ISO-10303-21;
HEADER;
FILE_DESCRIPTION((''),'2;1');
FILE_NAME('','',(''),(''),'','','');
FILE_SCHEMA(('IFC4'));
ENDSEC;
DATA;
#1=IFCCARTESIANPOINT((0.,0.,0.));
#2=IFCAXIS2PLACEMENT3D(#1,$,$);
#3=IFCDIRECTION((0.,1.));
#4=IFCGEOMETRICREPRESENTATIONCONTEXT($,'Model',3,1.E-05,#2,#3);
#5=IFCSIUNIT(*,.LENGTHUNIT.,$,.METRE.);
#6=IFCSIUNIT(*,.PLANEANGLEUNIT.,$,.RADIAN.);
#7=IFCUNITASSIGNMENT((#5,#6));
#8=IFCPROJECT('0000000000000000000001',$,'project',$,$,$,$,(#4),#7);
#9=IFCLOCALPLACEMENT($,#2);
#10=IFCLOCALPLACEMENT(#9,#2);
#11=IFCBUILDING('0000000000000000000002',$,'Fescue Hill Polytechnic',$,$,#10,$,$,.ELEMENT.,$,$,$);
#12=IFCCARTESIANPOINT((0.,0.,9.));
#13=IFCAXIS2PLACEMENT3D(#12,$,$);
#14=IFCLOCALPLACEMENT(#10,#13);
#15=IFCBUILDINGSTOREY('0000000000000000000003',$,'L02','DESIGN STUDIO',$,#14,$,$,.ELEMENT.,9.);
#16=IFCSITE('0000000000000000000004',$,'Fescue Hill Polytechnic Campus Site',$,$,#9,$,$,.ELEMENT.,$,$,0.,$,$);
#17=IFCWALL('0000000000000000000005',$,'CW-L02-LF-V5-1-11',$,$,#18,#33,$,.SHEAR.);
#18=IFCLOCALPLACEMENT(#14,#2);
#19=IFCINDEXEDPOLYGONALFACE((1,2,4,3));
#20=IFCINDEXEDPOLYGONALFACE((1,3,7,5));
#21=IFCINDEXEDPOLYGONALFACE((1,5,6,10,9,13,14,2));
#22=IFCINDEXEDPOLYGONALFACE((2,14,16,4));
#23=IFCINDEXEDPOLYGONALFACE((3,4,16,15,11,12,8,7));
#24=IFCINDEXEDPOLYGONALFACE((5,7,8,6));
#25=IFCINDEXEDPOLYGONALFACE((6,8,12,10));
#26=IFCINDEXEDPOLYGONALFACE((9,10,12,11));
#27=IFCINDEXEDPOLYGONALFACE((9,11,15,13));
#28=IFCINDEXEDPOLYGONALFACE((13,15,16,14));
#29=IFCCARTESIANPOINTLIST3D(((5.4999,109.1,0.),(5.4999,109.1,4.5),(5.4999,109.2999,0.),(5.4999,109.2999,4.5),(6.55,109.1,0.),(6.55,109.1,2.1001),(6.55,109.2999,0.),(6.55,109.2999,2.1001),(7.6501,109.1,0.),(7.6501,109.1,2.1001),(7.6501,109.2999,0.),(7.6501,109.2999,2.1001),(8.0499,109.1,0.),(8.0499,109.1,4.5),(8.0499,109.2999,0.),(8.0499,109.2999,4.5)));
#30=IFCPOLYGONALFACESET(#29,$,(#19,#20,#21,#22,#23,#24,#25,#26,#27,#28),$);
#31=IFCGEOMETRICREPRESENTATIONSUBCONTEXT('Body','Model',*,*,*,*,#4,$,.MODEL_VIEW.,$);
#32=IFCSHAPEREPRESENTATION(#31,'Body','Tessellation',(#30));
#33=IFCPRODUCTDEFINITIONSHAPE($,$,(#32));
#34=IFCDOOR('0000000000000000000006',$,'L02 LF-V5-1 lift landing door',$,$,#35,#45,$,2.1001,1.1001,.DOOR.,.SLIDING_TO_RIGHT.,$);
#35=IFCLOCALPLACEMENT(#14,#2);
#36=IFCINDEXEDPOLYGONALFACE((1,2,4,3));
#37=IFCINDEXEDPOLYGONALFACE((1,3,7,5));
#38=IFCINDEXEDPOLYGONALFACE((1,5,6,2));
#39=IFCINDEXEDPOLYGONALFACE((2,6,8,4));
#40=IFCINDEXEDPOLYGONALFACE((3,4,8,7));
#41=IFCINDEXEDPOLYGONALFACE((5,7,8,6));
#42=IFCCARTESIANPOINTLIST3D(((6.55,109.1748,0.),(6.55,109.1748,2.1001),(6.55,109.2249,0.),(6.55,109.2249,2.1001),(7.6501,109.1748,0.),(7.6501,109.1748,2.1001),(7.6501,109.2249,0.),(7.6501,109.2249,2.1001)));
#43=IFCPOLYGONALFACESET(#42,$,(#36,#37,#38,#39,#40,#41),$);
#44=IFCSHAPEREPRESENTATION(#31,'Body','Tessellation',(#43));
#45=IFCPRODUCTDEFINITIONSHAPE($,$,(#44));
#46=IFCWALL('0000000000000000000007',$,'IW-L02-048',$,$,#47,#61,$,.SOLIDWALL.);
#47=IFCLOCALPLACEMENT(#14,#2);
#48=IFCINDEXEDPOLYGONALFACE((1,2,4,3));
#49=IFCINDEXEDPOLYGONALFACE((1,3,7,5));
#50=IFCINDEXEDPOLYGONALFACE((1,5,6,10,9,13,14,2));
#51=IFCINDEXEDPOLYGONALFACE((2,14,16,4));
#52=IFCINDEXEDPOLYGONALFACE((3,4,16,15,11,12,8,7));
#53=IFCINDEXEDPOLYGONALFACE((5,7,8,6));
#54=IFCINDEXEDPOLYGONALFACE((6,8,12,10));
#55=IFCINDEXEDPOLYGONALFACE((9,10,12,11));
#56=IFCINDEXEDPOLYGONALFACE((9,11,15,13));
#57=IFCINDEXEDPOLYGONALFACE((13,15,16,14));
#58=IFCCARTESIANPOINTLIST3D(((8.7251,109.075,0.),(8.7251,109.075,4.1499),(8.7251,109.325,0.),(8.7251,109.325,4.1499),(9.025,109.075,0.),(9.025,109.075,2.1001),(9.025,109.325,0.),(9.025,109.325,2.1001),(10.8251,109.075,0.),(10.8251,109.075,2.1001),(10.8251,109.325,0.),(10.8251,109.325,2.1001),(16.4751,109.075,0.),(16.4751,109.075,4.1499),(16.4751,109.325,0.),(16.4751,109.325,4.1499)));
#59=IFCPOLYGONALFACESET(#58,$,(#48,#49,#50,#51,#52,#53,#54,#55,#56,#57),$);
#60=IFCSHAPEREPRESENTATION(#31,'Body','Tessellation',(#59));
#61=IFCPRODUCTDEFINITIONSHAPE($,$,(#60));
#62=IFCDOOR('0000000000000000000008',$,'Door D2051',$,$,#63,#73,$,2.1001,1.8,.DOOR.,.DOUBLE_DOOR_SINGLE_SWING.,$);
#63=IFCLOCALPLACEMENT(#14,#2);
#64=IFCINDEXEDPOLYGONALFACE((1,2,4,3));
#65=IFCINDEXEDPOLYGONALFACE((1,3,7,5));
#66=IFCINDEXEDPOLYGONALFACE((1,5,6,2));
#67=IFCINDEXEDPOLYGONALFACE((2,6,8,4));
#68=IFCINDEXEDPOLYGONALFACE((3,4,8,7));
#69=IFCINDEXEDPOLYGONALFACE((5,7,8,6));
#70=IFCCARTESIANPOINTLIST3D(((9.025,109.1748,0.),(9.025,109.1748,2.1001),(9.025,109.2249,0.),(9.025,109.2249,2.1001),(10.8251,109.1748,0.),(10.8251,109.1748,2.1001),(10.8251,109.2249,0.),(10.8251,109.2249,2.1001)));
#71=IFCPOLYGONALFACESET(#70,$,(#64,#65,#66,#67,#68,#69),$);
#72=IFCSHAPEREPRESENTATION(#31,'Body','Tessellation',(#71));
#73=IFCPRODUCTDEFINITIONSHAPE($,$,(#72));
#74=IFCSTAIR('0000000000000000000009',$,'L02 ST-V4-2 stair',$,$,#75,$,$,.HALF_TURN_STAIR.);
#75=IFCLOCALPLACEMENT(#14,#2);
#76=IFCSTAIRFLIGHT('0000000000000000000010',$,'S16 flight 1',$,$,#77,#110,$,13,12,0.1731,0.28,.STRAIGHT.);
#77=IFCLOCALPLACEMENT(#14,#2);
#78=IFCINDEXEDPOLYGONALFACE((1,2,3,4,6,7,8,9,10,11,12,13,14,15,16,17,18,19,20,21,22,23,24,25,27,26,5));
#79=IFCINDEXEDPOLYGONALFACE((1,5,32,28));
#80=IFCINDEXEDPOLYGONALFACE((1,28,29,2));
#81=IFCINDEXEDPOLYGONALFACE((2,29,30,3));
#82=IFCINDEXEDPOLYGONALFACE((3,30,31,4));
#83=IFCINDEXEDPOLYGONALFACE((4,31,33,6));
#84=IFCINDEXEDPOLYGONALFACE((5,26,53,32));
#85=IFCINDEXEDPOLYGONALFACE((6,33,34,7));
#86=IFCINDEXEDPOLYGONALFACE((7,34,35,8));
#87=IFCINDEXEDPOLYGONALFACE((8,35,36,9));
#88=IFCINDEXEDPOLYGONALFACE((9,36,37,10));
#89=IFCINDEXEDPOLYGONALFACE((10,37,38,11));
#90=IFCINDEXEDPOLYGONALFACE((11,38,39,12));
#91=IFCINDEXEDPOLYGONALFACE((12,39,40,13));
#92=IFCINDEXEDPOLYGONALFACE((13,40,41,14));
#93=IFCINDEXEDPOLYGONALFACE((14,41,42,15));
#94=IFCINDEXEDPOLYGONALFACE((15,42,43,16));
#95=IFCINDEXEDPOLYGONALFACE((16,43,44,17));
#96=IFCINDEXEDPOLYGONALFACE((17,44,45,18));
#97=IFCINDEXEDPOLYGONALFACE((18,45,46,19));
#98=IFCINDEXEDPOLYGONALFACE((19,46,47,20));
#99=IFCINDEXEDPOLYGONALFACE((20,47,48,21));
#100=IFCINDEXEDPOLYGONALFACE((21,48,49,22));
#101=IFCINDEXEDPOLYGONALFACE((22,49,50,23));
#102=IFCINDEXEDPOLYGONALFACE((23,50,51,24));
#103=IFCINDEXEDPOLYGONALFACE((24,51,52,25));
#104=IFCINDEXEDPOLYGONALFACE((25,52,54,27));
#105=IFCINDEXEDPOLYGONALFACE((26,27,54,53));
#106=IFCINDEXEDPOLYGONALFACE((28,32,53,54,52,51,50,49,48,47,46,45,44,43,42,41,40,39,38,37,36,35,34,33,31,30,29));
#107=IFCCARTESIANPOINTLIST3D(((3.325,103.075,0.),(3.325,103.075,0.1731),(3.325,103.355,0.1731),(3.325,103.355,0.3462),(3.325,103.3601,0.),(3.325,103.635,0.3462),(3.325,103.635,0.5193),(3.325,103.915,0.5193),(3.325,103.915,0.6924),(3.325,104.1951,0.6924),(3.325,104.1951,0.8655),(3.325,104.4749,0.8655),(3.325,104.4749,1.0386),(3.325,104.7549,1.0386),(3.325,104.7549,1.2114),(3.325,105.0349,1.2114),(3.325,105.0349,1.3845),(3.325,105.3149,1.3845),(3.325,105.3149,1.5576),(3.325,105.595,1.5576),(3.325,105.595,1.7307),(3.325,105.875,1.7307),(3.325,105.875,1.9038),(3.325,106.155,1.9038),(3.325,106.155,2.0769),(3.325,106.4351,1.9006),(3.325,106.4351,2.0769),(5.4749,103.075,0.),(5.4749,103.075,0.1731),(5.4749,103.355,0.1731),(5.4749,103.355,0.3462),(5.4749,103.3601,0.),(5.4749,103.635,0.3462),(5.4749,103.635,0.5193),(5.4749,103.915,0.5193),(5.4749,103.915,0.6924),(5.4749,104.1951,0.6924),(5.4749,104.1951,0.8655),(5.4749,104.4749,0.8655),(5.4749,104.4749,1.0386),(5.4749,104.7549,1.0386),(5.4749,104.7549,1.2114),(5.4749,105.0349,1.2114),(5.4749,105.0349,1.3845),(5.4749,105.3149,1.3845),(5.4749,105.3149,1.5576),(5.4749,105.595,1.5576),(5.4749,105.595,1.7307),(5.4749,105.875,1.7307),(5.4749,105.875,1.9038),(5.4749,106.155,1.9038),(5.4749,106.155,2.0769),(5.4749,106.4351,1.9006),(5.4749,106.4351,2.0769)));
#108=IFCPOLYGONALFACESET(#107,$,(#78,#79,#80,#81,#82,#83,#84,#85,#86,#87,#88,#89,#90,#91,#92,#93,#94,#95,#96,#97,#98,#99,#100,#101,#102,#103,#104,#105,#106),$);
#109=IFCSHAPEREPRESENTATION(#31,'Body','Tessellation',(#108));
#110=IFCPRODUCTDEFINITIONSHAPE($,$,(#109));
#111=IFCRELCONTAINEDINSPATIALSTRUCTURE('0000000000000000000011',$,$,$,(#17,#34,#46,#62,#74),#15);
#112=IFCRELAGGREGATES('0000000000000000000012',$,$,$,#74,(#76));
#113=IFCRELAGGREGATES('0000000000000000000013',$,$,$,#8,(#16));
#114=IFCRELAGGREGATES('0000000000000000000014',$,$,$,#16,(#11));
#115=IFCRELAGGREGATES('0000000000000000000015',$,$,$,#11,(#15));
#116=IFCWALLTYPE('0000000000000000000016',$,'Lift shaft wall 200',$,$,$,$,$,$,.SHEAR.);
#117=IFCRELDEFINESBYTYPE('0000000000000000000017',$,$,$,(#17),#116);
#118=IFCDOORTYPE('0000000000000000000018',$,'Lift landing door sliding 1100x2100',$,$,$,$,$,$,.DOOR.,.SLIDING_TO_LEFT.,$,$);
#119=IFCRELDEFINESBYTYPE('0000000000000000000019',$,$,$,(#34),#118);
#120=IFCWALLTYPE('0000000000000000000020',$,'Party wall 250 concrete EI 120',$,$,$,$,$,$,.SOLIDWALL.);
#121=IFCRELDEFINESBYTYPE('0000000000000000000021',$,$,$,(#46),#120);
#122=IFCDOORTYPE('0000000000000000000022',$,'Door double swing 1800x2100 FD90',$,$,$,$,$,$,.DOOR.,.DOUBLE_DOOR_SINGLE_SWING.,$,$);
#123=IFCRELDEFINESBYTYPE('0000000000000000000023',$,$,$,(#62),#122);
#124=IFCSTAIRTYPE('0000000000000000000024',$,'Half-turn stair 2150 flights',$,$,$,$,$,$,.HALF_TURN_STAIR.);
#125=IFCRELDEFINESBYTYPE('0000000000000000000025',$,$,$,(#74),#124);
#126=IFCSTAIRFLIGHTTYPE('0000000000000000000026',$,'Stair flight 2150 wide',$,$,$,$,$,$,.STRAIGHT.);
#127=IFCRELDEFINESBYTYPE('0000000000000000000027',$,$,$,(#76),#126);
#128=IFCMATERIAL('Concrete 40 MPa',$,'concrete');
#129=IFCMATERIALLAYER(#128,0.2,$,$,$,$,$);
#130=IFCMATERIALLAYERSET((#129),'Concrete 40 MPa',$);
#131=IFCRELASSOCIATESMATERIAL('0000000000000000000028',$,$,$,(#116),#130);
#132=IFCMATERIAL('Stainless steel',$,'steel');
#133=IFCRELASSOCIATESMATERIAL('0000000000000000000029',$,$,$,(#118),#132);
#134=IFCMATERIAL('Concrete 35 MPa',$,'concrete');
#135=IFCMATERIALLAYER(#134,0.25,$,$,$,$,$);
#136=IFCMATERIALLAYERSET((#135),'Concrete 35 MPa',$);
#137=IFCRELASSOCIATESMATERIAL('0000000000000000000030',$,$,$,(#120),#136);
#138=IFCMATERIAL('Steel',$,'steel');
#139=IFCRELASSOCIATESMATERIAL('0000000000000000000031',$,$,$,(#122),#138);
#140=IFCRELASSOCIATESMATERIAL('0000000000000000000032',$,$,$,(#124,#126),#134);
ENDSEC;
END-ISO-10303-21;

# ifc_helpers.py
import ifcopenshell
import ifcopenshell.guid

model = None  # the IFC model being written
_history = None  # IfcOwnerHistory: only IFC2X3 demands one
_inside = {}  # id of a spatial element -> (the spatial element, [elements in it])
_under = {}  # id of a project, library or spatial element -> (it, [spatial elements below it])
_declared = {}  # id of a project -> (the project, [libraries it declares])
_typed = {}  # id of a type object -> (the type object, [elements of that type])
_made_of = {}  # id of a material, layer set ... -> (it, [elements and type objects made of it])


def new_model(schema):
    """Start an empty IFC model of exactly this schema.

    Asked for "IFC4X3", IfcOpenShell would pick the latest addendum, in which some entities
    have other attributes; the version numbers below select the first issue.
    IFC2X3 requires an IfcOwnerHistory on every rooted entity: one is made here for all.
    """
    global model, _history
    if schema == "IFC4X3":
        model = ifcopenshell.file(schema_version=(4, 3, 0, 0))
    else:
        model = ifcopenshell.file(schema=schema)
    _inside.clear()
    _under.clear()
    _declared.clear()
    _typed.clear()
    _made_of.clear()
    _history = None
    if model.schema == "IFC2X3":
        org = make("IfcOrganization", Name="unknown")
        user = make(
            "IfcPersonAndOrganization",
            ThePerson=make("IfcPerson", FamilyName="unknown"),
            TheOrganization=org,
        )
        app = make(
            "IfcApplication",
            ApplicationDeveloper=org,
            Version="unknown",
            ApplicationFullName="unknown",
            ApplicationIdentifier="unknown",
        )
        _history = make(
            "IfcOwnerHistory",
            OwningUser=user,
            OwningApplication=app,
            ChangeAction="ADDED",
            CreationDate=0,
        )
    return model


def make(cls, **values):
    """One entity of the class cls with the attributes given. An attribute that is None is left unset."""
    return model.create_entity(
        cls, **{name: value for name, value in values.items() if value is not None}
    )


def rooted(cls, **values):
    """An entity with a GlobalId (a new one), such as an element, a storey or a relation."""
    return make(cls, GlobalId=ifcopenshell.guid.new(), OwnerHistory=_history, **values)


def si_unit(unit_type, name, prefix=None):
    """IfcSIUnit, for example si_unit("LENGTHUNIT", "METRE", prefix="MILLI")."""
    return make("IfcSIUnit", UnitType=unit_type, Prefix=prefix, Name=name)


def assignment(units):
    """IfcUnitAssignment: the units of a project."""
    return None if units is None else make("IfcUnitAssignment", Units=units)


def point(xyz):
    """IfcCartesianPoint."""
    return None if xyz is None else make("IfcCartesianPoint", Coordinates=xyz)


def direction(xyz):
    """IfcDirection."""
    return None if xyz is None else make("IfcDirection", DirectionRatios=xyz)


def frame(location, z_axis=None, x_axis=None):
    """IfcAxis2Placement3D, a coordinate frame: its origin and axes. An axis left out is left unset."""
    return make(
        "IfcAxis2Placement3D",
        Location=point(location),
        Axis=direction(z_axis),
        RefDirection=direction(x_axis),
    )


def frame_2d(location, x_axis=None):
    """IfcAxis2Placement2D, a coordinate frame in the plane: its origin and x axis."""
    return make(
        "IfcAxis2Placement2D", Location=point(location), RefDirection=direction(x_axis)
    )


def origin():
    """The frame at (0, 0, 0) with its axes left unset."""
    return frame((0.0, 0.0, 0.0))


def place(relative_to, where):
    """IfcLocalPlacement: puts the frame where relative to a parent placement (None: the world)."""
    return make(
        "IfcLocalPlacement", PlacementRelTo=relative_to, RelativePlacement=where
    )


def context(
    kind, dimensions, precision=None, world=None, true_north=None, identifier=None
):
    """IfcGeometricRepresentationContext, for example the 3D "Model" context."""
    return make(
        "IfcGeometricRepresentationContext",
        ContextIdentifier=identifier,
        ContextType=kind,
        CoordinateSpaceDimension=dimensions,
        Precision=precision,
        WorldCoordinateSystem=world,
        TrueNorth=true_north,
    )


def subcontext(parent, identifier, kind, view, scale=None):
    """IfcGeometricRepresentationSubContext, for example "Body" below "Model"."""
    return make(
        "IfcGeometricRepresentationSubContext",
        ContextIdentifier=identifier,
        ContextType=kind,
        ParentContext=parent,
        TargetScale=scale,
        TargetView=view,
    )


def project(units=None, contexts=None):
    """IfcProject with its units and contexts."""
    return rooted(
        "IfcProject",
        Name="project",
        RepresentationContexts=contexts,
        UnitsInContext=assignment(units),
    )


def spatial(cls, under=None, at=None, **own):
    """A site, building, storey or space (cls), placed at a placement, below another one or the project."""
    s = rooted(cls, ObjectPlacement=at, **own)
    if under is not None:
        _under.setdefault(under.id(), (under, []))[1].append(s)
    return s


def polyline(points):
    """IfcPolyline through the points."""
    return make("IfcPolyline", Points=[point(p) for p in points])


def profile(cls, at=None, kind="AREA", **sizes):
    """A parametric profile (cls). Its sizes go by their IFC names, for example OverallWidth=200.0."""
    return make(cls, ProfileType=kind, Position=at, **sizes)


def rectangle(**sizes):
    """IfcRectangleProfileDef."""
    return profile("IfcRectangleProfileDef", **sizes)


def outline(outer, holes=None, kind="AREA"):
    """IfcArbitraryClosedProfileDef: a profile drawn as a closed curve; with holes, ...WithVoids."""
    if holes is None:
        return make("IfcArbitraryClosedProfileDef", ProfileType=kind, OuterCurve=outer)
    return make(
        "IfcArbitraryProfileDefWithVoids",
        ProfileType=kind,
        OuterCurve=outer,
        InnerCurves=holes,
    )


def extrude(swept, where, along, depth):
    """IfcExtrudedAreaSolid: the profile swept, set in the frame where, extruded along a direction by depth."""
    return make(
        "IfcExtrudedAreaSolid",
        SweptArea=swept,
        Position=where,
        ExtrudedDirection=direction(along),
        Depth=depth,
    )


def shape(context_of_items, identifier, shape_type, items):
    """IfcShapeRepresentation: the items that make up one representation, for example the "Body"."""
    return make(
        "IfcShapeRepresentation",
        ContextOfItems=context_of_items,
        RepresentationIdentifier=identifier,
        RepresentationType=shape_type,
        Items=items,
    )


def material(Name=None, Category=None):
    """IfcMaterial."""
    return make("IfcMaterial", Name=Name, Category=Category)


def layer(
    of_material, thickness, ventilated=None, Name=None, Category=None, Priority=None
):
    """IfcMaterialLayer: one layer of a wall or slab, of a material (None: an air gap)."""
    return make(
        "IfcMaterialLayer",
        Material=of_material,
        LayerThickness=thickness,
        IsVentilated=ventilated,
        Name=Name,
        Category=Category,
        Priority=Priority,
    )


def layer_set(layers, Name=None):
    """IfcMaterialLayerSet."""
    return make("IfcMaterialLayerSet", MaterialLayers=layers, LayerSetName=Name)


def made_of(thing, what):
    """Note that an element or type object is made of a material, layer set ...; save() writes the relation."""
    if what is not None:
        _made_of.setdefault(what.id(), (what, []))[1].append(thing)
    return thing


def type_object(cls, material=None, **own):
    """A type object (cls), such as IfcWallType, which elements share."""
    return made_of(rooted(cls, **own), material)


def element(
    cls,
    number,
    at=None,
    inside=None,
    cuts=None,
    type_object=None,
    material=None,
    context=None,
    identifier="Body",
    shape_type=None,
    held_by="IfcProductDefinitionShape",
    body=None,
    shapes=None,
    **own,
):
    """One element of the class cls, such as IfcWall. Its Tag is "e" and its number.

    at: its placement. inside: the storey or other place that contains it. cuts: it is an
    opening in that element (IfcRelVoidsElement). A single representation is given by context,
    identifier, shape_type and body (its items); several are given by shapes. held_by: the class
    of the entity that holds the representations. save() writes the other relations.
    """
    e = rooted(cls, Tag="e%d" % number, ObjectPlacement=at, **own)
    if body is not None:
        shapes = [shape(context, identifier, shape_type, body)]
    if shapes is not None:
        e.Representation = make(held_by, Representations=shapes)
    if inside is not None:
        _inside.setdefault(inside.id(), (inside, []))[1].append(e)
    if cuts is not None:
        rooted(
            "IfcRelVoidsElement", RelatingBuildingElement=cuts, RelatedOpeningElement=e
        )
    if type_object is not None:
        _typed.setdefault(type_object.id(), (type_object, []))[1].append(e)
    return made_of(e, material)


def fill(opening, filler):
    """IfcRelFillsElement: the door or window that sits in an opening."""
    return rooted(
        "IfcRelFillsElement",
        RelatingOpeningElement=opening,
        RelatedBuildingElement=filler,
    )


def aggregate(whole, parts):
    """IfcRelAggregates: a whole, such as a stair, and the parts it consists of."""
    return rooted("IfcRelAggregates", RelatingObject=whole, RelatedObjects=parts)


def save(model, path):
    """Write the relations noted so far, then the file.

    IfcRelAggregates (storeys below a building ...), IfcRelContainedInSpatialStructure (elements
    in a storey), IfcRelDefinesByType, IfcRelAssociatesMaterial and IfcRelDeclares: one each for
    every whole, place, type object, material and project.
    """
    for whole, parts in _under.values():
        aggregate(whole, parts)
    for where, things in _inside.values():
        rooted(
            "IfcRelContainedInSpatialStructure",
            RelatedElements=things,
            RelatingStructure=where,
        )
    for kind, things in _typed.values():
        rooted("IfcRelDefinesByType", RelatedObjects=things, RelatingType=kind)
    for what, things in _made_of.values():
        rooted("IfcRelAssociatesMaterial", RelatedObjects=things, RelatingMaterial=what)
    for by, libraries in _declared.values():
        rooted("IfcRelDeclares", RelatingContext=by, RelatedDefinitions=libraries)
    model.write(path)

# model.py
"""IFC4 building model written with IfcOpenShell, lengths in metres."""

from ifc_helpers import new_model, si_unit, direction, frame, frame_2d, origin, place, context, subcontext, project, spatial, polyline, rectangle, outline, extrude, material, layer, layer_set, type_object, element, fill, aggregate, save


model = new_model("IFC4")

# Units and contexts
model_context = context("Model", 3, precision=1e-05, world=origin(), true_north=direction((0.0, 1.0)))
body_context = subcontext(model_context, "Body", "Model", "MODEL_VIEW")
ifc_project = project(units=[si_unit("LENGTHUNIT", "METRE"), si_unit("PLANEANGLEUNIT", "RADIAN")], contexts=[model_context])

# Site, building, storey
site_placement = place(None, origin())
site = spatial("IfcSite", under=ifc_project, at=site_placement, Name="Fescue Hill Polytechnic Campus Site", CompositionType="ELEMENT", RefElevation=0.0)
building_placement = place(site_placement, origin())
building = spatial("IfcBuilding", under=site, at=building_placement, Name="Fescue Hill Polytechnic", CompositionType="ELEMENT")
storey_placement = place(building_placement, frame((0.0, 0.0, 9.0)))
storey = spatial("IfcBuildingStorey", under=building, at=storey_placement, Name="L02", Description="DESIGN STUDIO", CompositionType="ELEMENT", Elevation=9.0)

# Shared definitions
ifc_material_1 = material(Name="Concrete 40 MPa", Category="concrete")

# Shared definitions
ifc_material_2 = material(Name="Concrete 35 MPa", Category="concrete")

# Shared definitions
ifc_layer_1 = layer(ifc_material_1, 0.2)
ifc_layer_set_1 = layer_set([ifc_layer_1], Name="Concrete 40 MPa")
wall_type_1 = type_object("IfcWallType", Name="Lift shaft wall 200", PredefinedType="SHEAR", material=ifc_layer_set_1)
ifc_material_3 = material(Name="Stainless steel", Category="steel")
door_type_1 = type_object("IfcDoorType", Name="Lift landing door sliding 1100x2100", OperationType="SLIDING_TO_LEFT", PredefinedType="DOOR", material=ifc_material_3)

# Walls, openings, doors
wall_1_placement = place(storey_placement, frame((5.5, 109.2, 0.0), z_axis=(0.0, 0.0, 1.0), x_axis=(1.0, 0.0, 0.0)))
wall_1 = element("IfcWall", 1, at=wall_1_placement, inside=storey, type_object=wall_type_1, Name="CW-L02-LF-V5-1-11", PredefinedType="SHEAR", context=body_context, shape_type="SweptSolid", body=[
    extrude(rectangle(XDim=2.55, YDim=0.2, at=frame_2d((1.2749, 0.0))), origin(), (0.0, 0.0, 1.0), 4.5),
])
opening_1_placement = place(wall_1_placement, frame((1.05, 0.0, 0.0)))
opening_1 = element("IfcOpeningElement", 2, at=opening_1_placement, cuts=wall_1, PredefinedType="OPENING", context=body_context, shape_type="SweptSolid", body=[
    extrude(rectangle(XDim=1.1001, YDim=2.1001, at=frame_2d((0.55, 1.05))), frame((0.0, 0.1099, 0.0), z_axis=(0.0, -1.0, 0.0), x_axis=(1.0, 0.0, 0.0)), (0.0, 0.0, 1.0), 0.22),
])
door_1_placement = place(opening_1_placement, origin())
door_1 = element("IfcDoor", 3, at=door_1_placement, inside=storey, type_object=door_type_1, Name="L02 LF-V5-1 lift landing door", OperationType="SLIDING_TO_RIGHT", OverallHeight=2.1001, OverallWidth=1.1001, PredefinedType="DOOR", context=body_context, shape_type="SweptSolid", body=[
    extrude(rectangle(XDim=1.1001, YDim=2.1001, at=frame_2d((0.55, 1.05))), frame((0.0, 0.0249, 0.0), z_axis=(0.0, -1.0, 0.0), x_axis=(1.0, 0.0, 0.0)), (0.0, 0.0, 1.0), 0.05),
])
fill(opening_1, door_1)
ifc_layer_2 = layer(ifc_material_2, 0.25)
ifc_layer_set_2 = layer_set([ifc_layer_2], Name="Concrete 35 MPa")
wall_type_2 = type_object("IfcWallType", Name="Party wall 250 concrete EI 120", PredefinedType="SOLIDWALL", material=ifc_layer_set_2)
wall_2_placement = place(storey_placement, frame((8.7251, 109.2, 0.0), z_axis=(0.0, 0.0, 1.0), x_axis=(1.0, 0.0, 0.0)))
wall_2 = element("IfcWall", 4, at=wall_2_placement, inside=storey, type_object=wall_type_2, Name="IW-L02-048", PredefinedType="SOLIDWALL", context=body_context, shape_type="SweptSolid", body=[
    extrude(rectangle(XDim=7.75, YDim=0.25, at=frame_2d((3.875, 0.0))), origin(), (0.0, 0.0, 1.0), 4.1499),
])
opening_2_placement = place(wall_2_placement, frame((0.3, 0.0, 0.0)))
opening_2 = element("IfcOpeningElement", 5, at=opening_2_placement, cuts=wall_2, PredefinedType="OPENING", context=body_context, shape_type="SweptSolid", body=[
    extrude(rectangle(XDim=1.8, YDim=2.1001, at=frame_2d((0.8999, 1.05))), frame((0.0, 0.135, 0.0), z_axis=(0.0, -1.0, 0.0), x_axis=(1.0, 0.0, 0.0)), (0.0, 0.0, 1.0), 0.27),
])
ifc_material_4 = material(Name="Steel", Category="steel")
door_type_2 = type_object("IfcDoorType", Name="Door double swing 1800x2100 FD90", OperationType="DOUBLE_DOOR_SINGLE_SWING", PredefinedType="DOOR", material=ifc_material_4)
door_2_placement = place(opening_2_placement, origin())
door_2 = element("IfcDoor", 6, at=door_2_placement, inside=storey, type_object=door_type_2, Name="Door D2051", OperationType="DOUBLE_DOOR_SINGLE_SWING", OverallHeight=2.1001, OverallWidth=1.8, PredefinedType="DOOR", context=body_context, shape_type="SweptSolid", body=[
    extrude(rectangle(XDim=1.8, YDim=2.1001, at=frame_2d((0.8999, 1.05))), frame((0.0, 0.0249, 0.0), z_axis=(0.0, -1.0, 0.0), x_axis=(1.0, 0.0, 0.0)), (0.0, 0.0, 1.0), 0.05),
])
fill(opening_2, door_2)

# Stair, stair flight
stair_type = type_object("IfcStairType", Name="Half-turn stair 2150 flights", PredefinedType="HALF_TURN_STAIR", material=ifc_material_2)
stair_placement = place(storey_placement, origin())
stair = element("IfcStair", 7, at=stair_placement, inside=storey, type_object=stair_type, Name="L02 ST-V4-2 stair", PredefinedType="HALF_TURN_STAIR")
stair_flight_type = type_object("IfcStairFlightType", Name="Stair flight 2150 wide", PredefinedType="STRAIGHT", material=ifc_material_2)
stair_flight_placement = place(storey_placement, frame((4.3999, 103.075, 0.0), z_axis=(0.0, 0.0, 1.0), x_axis=(0.0, 1.0, 0.0)))
stair_flight = element("IfcStairFlight", 8, at=stair_flight_placement, type_object=stair_flight_type, Name="S16 flight 1", NumberOfRisers=13, NumberOfTreads=12, PredefinedType="STRAIGHT", RiserHeight=0.1731, TreadLength=0.28, context=body_context, shape_type="SweptSolid", body=[
    extrude(outline(polyline([(0.0, 0.0), (0.0, 0.1731), (0.28, 0.1731), (0.28, 0.3462), (0.5601, 0.3462), (0.5601, 0.5193), (0.8401, 0.5193), (0.8401, 0.6924), (1.1201, 0.6924), (1.1201, 0.8655), (1.3999, 0.8655), (1.3999, 1.0386), (1.6799, 1.0386), (1.6799, 1.2114), (1.96, 1.2114), (1.96, 1.3845), (2.24, 1.3845), (2.24, 1.5576), (2.52, 1.5576), (2.52, 1.7307), (2.8, 1.7307), (2.8, 1.9038), (3.0801, 1.9038), (3.0801, 2.0769), (3.3601, 2.0769), (3.3601, 2.25), (3.3601, 1.9006), (0.2852, 0.0), (0.0, 0.0)])), frame((0.0, 1.075, 0.0), z_axis=(0.0, -1.0, 0.0), x_axis=(1.0, 0.0, 0.0)), (0.0, 0.0, 1.0), 2.1499),
])
aggregate(stair, [stair_flight])

save(model, "model.ifc")
